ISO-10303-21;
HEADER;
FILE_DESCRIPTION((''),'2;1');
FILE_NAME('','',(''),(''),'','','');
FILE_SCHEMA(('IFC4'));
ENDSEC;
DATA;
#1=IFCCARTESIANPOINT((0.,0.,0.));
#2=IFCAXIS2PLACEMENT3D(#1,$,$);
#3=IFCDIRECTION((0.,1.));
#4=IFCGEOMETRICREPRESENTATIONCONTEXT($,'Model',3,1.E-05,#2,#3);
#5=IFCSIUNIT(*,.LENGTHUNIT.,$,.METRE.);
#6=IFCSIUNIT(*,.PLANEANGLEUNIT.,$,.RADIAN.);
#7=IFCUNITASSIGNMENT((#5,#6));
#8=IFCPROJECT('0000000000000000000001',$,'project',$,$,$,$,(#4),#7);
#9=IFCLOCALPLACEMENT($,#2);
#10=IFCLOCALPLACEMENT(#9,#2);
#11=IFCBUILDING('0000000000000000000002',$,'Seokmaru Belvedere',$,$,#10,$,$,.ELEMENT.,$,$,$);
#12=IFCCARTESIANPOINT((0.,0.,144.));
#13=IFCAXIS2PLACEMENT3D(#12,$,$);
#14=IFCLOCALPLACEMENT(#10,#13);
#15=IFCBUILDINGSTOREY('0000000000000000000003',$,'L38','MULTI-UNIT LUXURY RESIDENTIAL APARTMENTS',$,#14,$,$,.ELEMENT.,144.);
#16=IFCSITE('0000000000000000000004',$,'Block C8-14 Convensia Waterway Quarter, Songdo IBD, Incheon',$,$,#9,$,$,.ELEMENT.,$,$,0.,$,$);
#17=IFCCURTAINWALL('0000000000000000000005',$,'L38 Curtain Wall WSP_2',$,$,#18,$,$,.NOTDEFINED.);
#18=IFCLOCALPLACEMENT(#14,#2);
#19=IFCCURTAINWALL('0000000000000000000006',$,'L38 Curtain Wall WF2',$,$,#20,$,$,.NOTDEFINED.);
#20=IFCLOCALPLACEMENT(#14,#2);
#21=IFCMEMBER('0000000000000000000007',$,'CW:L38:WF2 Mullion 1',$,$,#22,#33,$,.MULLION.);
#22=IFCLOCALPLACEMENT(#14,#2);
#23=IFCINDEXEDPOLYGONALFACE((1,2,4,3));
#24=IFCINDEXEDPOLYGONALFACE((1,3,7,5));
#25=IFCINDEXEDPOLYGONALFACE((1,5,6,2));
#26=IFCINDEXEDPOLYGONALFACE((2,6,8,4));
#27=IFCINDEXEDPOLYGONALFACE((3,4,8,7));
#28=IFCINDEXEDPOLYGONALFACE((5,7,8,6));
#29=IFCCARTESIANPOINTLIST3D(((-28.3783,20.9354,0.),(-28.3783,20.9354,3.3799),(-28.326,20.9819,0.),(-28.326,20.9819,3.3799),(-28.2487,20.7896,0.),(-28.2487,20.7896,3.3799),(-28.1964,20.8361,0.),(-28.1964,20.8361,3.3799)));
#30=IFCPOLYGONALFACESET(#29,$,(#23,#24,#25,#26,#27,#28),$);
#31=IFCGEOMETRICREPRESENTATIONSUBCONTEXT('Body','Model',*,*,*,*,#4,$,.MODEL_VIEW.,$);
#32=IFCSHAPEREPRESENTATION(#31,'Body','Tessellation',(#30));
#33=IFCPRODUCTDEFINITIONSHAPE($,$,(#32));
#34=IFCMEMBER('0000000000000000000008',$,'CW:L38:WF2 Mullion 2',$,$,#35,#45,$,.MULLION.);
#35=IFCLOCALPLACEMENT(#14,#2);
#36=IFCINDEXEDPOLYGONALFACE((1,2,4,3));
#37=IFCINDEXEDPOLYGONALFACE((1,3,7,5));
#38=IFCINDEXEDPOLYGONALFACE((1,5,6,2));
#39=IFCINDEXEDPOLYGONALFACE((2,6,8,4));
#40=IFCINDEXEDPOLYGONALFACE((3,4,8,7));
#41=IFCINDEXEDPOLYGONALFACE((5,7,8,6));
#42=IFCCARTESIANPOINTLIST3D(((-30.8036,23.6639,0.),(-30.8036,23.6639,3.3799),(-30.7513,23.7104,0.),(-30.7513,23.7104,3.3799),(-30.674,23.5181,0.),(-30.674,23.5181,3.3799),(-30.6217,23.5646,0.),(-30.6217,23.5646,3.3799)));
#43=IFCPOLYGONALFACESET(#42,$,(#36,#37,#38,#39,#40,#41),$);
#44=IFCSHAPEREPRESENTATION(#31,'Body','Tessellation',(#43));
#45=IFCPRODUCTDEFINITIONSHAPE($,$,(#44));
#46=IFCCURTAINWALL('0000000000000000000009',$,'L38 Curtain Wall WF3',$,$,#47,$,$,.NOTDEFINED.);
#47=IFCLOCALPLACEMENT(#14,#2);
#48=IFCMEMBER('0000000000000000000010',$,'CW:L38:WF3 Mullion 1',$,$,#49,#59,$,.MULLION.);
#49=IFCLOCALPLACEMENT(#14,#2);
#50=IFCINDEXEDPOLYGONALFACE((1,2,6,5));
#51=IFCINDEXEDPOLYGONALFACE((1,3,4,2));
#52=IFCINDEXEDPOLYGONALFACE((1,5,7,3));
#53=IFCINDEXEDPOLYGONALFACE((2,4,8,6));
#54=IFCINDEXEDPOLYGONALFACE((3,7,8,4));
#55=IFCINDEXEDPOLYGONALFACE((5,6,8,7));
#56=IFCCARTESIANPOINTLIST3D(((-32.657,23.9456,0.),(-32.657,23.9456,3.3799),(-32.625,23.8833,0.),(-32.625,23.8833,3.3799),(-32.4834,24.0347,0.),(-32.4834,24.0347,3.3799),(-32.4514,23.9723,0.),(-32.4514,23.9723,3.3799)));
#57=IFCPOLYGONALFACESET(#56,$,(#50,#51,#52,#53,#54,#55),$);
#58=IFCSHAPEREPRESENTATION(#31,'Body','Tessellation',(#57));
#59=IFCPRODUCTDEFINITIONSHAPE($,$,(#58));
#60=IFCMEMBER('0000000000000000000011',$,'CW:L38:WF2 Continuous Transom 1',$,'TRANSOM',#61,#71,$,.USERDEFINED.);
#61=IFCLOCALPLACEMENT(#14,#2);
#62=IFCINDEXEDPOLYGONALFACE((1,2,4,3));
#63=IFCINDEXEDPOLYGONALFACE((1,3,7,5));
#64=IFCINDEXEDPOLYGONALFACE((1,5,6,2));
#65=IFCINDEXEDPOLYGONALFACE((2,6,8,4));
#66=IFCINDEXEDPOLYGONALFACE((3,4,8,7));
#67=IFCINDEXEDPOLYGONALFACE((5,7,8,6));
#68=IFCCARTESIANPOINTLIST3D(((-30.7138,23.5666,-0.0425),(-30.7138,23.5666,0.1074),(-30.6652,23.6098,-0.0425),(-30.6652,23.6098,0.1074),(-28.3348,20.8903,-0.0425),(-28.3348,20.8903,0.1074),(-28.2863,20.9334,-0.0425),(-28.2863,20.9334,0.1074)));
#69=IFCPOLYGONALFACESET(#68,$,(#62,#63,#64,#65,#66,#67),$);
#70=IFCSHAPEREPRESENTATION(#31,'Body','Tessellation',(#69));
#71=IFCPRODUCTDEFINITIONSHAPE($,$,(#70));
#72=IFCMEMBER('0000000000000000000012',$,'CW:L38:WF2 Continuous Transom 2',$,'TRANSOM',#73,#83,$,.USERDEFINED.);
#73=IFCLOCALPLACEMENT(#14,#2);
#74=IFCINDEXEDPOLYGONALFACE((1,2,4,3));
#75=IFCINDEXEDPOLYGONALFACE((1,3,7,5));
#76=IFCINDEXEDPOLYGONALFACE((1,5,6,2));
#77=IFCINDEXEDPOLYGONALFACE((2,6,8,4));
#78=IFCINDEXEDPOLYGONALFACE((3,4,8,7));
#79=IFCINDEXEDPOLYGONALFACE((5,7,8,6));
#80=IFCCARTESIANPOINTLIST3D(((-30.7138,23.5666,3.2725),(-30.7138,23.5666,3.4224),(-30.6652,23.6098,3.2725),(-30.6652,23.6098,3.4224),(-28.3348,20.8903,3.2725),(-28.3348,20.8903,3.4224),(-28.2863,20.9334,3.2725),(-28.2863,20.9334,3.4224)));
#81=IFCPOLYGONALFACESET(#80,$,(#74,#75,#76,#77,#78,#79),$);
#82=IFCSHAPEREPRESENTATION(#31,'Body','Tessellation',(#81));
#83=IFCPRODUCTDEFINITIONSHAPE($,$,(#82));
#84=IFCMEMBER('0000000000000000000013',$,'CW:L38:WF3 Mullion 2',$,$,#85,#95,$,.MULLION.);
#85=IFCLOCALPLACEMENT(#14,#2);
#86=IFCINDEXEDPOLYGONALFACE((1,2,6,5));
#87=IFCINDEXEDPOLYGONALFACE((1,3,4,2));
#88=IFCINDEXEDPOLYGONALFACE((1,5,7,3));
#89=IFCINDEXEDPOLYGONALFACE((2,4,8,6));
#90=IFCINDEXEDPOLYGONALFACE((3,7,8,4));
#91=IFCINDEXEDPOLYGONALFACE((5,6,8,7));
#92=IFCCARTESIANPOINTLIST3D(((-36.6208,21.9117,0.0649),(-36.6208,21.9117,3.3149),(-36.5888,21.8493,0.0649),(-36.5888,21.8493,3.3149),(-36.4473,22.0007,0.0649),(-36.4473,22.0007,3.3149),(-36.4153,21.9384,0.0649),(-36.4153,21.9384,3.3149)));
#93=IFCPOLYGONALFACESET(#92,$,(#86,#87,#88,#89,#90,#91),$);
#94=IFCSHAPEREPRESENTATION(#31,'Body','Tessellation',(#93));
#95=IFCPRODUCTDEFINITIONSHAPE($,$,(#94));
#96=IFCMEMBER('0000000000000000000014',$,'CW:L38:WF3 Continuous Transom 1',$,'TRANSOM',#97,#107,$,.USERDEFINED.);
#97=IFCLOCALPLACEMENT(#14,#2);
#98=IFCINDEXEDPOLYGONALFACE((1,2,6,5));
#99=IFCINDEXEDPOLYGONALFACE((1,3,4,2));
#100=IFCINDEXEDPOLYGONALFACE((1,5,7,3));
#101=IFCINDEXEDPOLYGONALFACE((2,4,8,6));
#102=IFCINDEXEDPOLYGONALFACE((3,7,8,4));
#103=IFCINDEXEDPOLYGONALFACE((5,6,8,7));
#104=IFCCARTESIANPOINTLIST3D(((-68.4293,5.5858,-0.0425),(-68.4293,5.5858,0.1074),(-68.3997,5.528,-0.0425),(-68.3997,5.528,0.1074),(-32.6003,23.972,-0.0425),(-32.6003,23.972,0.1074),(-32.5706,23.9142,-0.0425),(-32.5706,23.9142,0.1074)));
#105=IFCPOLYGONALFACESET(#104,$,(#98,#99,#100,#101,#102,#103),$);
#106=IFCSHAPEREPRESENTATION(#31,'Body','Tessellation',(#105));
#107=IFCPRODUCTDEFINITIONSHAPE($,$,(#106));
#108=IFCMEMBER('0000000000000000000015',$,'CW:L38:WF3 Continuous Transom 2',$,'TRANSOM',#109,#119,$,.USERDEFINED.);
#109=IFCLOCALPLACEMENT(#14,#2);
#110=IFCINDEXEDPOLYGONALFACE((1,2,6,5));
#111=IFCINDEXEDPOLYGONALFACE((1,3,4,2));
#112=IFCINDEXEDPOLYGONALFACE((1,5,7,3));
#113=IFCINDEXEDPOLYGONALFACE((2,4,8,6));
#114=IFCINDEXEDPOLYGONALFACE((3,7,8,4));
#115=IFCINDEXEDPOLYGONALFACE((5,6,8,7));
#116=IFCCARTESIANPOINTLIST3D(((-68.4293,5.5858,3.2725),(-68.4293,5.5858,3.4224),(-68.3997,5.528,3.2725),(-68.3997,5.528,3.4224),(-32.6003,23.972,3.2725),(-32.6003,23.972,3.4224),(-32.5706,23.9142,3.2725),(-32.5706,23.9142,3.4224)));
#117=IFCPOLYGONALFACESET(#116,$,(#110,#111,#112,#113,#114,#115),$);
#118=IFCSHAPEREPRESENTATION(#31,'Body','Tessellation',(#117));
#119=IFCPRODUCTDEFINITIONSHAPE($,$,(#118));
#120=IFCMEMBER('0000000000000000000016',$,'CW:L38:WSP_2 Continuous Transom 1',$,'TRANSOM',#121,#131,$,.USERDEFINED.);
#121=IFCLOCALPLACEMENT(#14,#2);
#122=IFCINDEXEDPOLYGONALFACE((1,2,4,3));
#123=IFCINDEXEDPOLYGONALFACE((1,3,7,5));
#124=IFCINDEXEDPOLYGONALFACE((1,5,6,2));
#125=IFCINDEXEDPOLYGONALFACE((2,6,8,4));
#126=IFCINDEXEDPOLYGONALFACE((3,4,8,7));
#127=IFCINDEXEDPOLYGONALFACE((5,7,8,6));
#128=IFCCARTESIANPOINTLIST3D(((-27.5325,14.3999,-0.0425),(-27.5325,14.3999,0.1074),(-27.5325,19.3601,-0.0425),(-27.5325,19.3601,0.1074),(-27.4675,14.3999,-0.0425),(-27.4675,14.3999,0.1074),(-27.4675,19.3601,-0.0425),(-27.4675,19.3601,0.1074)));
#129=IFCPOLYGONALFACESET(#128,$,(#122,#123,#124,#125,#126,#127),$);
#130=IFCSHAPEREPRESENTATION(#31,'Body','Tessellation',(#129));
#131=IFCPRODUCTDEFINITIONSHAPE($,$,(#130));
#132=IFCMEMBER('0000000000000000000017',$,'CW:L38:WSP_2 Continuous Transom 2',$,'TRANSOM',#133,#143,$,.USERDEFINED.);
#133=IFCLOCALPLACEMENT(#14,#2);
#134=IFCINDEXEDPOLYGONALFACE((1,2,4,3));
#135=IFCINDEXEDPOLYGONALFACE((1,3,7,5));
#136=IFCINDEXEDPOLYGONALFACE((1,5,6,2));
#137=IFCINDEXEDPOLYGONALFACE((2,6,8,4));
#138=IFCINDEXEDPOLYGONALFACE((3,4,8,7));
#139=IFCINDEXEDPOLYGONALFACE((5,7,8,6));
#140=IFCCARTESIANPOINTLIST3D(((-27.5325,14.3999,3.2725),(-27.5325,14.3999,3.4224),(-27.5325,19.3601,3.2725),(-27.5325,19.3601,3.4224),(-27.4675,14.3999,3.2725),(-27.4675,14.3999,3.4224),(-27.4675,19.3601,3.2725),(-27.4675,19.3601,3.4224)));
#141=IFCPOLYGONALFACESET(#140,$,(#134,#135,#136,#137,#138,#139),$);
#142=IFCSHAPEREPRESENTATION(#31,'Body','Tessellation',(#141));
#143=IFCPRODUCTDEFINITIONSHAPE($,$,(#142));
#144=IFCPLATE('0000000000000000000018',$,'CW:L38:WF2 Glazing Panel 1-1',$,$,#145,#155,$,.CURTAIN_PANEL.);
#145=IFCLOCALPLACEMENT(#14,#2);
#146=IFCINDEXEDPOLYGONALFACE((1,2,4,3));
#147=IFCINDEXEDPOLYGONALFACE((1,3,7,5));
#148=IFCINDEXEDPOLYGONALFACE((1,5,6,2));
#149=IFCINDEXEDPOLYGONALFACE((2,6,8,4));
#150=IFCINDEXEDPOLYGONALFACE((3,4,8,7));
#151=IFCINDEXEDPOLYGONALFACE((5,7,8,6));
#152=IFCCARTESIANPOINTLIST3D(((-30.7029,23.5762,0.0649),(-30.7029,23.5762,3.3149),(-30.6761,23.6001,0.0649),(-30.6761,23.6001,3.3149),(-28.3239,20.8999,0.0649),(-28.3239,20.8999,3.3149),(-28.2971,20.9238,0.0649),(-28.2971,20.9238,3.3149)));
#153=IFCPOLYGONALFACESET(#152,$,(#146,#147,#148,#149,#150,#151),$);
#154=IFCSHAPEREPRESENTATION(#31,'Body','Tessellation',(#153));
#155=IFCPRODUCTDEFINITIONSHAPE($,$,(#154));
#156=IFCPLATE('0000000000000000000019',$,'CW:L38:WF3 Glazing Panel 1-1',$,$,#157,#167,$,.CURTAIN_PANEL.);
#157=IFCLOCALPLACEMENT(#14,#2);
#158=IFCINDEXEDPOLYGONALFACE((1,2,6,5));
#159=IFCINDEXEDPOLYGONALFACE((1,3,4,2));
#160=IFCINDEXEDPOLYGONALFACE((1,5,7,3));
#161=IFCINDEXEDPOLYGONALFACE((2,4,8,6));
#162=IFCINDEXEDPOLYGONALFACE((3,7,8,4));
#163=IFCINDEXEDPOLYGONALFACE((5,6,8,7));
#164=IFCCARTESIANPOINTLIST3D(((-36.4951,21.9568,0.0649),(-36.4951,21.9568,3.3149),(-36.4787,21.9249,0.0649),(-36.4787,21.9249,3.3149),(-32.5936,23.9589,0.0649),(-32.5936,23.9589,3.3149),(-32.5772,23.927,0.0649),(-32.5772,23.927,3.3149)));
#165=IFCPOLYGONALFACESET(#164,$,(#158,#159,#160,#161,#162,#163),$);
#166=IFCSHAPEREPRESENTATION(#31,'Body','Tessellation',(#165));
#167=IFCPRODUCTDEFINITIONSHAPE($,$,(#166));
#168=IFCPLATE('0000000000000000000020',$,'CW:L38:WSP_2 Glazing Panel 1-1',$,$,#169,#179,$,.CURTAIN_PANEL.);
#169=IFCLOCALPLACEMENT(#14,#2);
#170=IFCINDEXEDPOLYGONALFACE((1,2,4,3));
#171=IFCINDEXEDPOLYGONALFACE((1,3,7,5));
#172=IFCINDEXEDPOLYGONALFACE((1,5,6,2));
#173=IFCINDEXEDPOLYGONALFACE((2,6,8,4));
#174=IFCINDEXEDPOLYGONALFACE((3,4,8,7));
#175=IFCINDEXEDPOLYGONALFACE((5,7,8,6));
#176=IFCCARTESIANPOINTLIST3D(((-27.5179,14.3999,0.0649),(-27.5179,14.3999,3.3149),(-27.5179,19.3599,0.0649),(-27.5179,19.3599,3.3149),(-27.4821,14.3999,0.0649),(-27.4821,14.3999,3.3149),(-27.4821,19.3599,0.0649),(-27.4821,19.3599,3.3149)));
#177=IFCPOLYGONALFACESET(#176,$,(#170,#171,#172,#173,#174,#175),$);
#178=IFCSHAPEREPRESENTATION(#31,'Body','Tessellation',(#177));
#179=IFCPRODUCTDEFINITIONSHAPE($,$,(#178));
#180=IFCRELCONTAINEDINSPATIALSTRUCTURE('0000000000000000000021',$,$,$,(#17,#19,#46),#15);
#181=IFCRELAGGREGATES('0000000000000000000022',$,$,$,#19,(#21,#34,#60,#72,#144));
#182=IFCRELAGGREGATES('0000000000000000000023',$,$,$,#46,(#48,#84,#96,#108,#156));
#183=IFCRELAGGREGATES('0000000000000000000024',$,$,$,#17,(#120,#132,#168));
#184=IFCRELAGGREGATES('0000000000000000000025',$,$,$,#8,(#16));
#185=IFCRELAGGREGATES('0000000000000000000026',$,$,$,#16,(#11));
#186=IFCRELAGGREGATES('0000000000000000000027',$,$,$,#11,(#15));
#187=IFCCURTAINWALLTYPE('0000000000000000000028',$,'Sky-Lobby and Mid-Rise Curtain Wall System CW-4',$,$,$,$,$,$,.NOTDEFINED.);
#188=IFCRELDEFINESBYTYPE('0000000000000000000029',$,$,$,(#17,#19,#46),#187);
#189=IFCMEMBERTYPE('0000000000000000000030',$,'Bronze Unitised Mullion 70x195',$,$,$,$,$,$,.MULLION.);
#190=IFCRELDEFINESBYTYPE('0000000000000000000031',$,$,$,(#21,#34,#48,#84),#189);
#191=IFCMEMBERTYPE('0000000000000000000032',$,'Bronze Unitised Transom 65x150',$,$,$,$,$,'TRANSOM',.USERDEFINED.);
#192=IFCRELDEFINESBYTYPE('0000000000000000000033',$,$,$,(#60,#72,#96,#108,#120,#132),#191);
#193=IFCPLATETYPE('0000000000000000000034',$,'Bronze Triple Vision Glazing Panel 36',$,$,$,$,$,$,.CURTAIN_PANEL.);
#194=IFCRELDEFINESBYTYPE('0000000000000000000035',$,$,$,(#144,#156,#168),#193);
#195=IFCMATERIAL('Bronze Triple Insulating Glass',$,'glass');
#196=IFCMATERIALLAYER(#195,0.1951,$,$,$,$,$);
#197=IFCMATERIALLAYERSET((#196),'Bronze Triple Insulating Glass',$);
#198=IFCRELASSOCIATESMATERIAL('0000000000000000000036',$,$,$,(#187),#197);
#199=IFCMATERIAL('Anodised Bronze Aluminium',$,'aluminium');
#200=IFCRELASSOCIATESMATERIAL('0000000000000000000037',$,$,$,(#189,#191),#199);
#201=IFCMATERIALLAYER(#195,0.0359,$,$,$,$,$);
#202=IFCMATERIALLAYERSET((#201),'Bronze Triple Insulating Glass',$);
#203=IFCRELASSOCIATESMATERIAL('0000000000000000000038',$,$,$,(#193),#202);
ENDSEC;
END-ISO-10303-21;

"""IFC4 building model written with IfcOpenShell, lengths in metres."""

from ifc_helpers import new_model, si_unit, direction, frame, origin, origin_2d, place, context, subcontext, project, spatial, rectangle, extrude, source, transform, mapped, material, layer, layer_set, material_profile, profile_set, type_object, type_shapes, element, aggregate, save


model = new_model("IFC4")

# Units and contexts
model_context = context("Model", 3, precision=1e-05, world=origin(), true_north=direction((0.0, 1.0)))
body_context = subcontext(model_context, "Body", "Model", "MODEL_VIEW")
ifc_project = project(units=[si_unit("LENGTHUNIT", "METRE"), si_unit("PLANEANGLEUNIT", "RADIAN")], contexts=[model_context])

# Site, building, storey
site_placement = place(None, origin())
site = spatial("IfcSite", under=ifc_project, at=site_placement, Name="Block C8-14 Convensia Waterway Quarter, Songdo IBD, Incheon", CompositionType="ELEMENT", RefElevation=0.0)
building_placement = place(site_placement, origin())
building = spatial("IfcBuilding", under=site, at=building_placement, Name="Seokmaru Belvedere", CompositionType="ELEMENT")
storey_placement = place(building_placement, frame((0.0, 0.0, 144.0)))
storey = spatial("IfcBuildingStorey", under=building, at=storey_placement, Name="L38", Description="MULTI-UNIT LUXURY RESIDENTIAL APARTMENTS", CompositionType="ELEMENT", Elevation=144.0)

# Curtain walls, members
ifc_material_1 = material(Name="Bronze Triple Insulating Glass", Category="glass")
ifc_layer_1 = layer(ifc_material_1, 0.1951)
ifc_layer_set_1 = layer_set([ifc_layer_1], Name="Bronze Triple Insulating Glass")
curtain_wall_type = type_object("IfcCurtainWallType", Name="Sky-Lobby and Mid-Rise Curtain Wall System CW-4", PredefinedType="NOTDEFINED", material=ifc_layer_set_1)
curtain_wall_1_placement = place(storey_placement, origin())
curtain_wall_1 = element("IfcCurtainWall", 1, at=curtain_wall_1_placement, inside=storey, type_object=curtain_wall_type, Name="L38 Curtain Wall WSP_2", PredefinedType="NOTDEFINED")
ifc_material_2 = material(Name="Anodised Bronze Aluminium", Category="aluminium")
ifc_material_profile_1 = material_profile(ifc_material_2, rectangle(XDim=0.0701, YDim=0.1951, at=origin_2d()), Name="CW-M-70x195")
ifc_profile_set_1 = profile_set([ifc_material_profile_1], Name="Anodised Bronze Aluminium")
member_type_1 = type_object("IfcMemberType", Name="Bronze Unitised Mullion 70x195", PredefinedType="MULLION", material=ifc_profile_set_1)
shared_shape_1 = source(origin(), body_context, "Body", "SweptSolid", [
    extrude(rectangle(XDim=0.0701, YDim=0.1951, at=origin_2d()), origin(), (0.0, 0.0, 1.0), 3.3799),
])
curtain_wall_2_placement = place(storey_placement, origin())
curtain_wall_2 = element("IfcCurtainWall", 2, at=curtain_wall_2_placement, inside=storey, type_object=curtain_wall_type, Name="L38 Curtain Wall WF2", PredefinedType="NOTDEFINED")
member_1_placement = place(storey_placement, frame((-28.2874, 20.8857, 0.0), z_axis=(0.0, 0.0, 1.0), x_axis=(-0.74741, -0.664363, 0.0)))
member_1 = element("IfcMember", 3, at=member_1_placement, type_object=member_type_1, Name="CW:L38:WF2 Mullion 1", PredefinedType="MULLION", context=body_context, shape_type="MappedRepresentation", body=[
    mapped(shared_shape_1, transform((0.0, 0.0, 0.0), scale=1.0)),
])
member_2_placement = place(storey_placement, frame((-30.7126, 23.6143, 0.0), z_axis=(0.0, 0.0, 1.0), x_axis=(-0.74741, -0.664363, 0.0)))
member_2 = element("IfcMember", 4, at=member_2_placement, type_object=member_type_1, Name="CW:L38:WF2 Mullion 2", PredefinedType="MULLION", context=body_context, shape_type="MappedRepresentation", body=[
    mapped(shared_shape_1, transform((0.0, 0.0, 0.0), scale=1.0)),
])

# Curtain wall, member
curtain_wall_3_placement = place(storey_placement, origin())
curtain_wall_3 = element("IfcCurtainWall", 5, at=curtain_wall_3_placement, inside=storey, type_object=curtain_wall_type, Name="L38 Curtain Wall WF3", PredefinedType="NOTDEFINED")
member_3_placement = place(storey_placement, frame((-32.5542, 23.959, 0.0), z_axis=(0.0, 0.0, 1.0), x_axis=(0.456555, -0.889695, 0.0)))
member_3 = element("IfcMember", 6, at=member_3_placement, type_object=member_type_1, Name="CW:L38:WF3 Mullion 1", PredefinedType="MULLION", context=body_context, shape_type="MappedRepresentation", body=[
    mapped(shared_shape_1, transform((0.0, 0.0, 0.0), scale=1.0)),
])

# Members
ifc_material_profile_2 = material_profile(ifc_material_2, rectangle(XDim=0.0649, YDim=0.1499, at=origin_2d()), Name="CW-T-65x150")
ifc_profile_set_2 = profile_set([ifc_material_profile_2], Name="Anodised Bronze Aluminium")
member_type_2 = type_object("IfcMemberType", Name="Bronze Unitised Transom 65x150", ElementType="TRANSOM", PredefinedType="USERDEFINED", material=ifc_profile_set_2)
shared_shape_2 = source(origin(), body_context, "Body", "SweptSolid", [
    extrude(rectangle(XDim=0.0649, YDim=0.1499, at=origin_2d()), origin(), (0.0, 0.0, 1.0), 3.5808),
])
member_4_placement = place(storey_placement, frame((-28.3105, 20.9119, 0.0325), z_axis=(-0.664364, 0.747409, 0.0), x_axis=(-0.747409, -0.664364, 0.0)))
member_4 = element("IfcMember", 7, at=member_4_placement, type_object=member_type_2, Name="CW:L38:WF2 Continuous Transom 1", ObjectType="TRANSOM", PredefinedType="USERDEFINED", context=body_context, shape_type="MappedRepresentation", body=[
    mapped(shared_shape_2, transform((0.0, 0.0, 0.0), scale=1.0)),
])
member_5_placement = place(storey_placement, frame((-28.3105, 20.9119, 3.3474), z_axis=(-0.664364, 0.747409, 0.0), x_axis=(-0.747409, -0.664364, 0.0)))
member_5 = element("IfcMember", 8, at=member_5_placement, type_object=member_type_2, Name="CW:L38:WF2 Continuous Transom 2", ObjectType="TRANSOM", PredefinedType="USERDEFINED", context=body_context, shape_type="MappedRepresentation", body=[
    mapped(shared_shape_2, transform((0.0, 0.0, 0.0), scale=1.0)),
])
shared_shape_3 = source(origin(), body_context, "Body", "SweptSolid", [
    extrude(rectangle(XDim=0.0701, YDim=0.1951, at=origin_2d()), origin(), (0.0, 0.0, 1.0), 3.25),
])
type_shapes(member_type_1, [shared_shape_1, shared_shape_3])
member_6_placement = place(storey_placement, frame((-36.5181, 21.925, 0.0649), z_axis=(0.0, 0.0, 1.0), x_axis=(0.456555, -0.889695, 0.0)))
member_6 = element("IfcMember", 9, at=member_6_placement, type_object=member_type_1, Name="CW:L38:WF3 Mullion 2", PredefinedType="MULLION", context=body_context, shape_type="MappedRepresentation", body=[
    mapped(shared_shape_3, transform((0.0, 0.0, 0.0), scale=1.0)),
])
shared_shape_4 = source(origin(), body_context, "Body", "SweptSolid", [
    extrude(rectangle(XDim=0.0649, YDim=0.1499, at=origin_2d()), origin(), (0.0, 0.0, 1.0), 40.2712),
])
member_7_placement = place(storey_placement, frame((-32.5854, 23.9431, 0.0325), z_axis=(-0.889693, -0.456559, 0.0), x_axis=(0.456559, -0.889693, 0.0)))
member_7 = element("IfcMember", 10, at=member_7_placement, type_object=member_type_2, Name="CW:L38:WF3 Continuous Transom 1", ObjectType="TRANSOM", PredefinedType="USERDEFINED", context=body_context, shape_type="MappedRepresentation", body=[
    mapped(shared_shape_4, transform((0.0, 0.0, 0.0), scale=1.0)),
])
member_8_placement = place(storey_placement, frame((-32.5854, 23.9431, 3.3474), z_axis=(-0.889693, -0.456559, 0.0), x_axis=(0.456559, -0.889693, 0.0)))
member_8 = element("IfcMember", 11, at=member_8_placement, type_object=member_type_2, Name="CW:L38:WF3 Continuous Transom 2", ObjectType="TRANSOM", PredefinedType="USERDEFINED", context=body_context, shape_type="MappedRepresentation", body=[
    mapped(shared_shape_4, transform((0.0, 0.0, 0.0), scale=1.0)),
])
shared_shape_5 = source(origin(), body_context, "Body", "SweptSolid", [
    extrude(rectangle(XDim=0.0649, YDim=0.1499, at=origin_2d()), origin(), (0.0, 0.0, 1.0), 4.9602),
])
type_shapes(member_type_2, [shared_shape_2, shared_shape_4, shared_shape_5])
member_9_placement = place(storey_placement, frame((-27.5, 14.3999, 0.0325), z_axis=(0.0, 1.0, 0.0), x_axis=(-1.0, 0.0, 0.0)))
member_9 = element("IfcMember", 12, at=member_9_placement, type_object=member_type_2, Name="CW:L38:WSP_2 Continuous Transom 1", ObjectType="TRANSOM", PredefinedType="USERDEFINED", context=body_context, shape_type="MappedRepresentation", body=[
    mapped(shared_shape_5, transform((0.0, 0.0, 0.0), scale=1.0)),
])
member_10_placement = place(storey_placement, frame((-27.5, 14.3999, 3.3474), z_axis=(0.0, 1.0, 0.0), x_axis=(-1.0, 0.0, 0.0)))
member_10 = element("IfcMember", 13, at=member_10_placement, type_object=member_type_2, Name="CW:L38:WSP_2 Continuous Transom 2", ObjectType="TRANSOM", PredefinedType="USERDEFINED", context=body_context, shape_type="MappedRepresentation", body=[
    mapped(shared_shape_5, transform((0.0, 0.0, 0.0), scale=1.0)),
])

# Plates
ifc_layer_2 = layer(ifc_material_1, 0.0359)
ifc_layer_set_2 = layer_set([ifc_layer_2], Name="Bronze Triple Insulating Glass")
plate_type = type_object("IfcPlateType", Name="Bronze Triple Vision Glazing Panel 36", PredefinedType="CURTAIN_PANEL", material=ifc_layer_set_2)
shared_shape_6 = source(origin(), body_context, "Body", "SweptSolid", [
    extrude(rectangle(XDim=3.5808, YDim=0.0359, at=origin_2d()), origin(), (0.0, 0.0, 1.0), 3.25),
])
plate_1_placement = place(storey_placement, frame((-29.5, 22.25, 0.0649), z_axis=(0.0, 0.0, 1.0), x_axis=(-0.664363, 0.74741, 0.0)))
plate_1 = element("IfcPlate", 14, at=plate_1_placement, type_object=plate_type, Name="CW:L38:WF2 Glazing Panel 1-1", PredefinedType="CURTAIN_PANEL", context=body_context, shape_type="MappedRepresentation", body=[
    mapped(shared_shape_6, transform((0.0, 0.0, 0.0), scale=1.0)),
])
aggregate(curtain_wall_2, [member_1, member_2, member_4, member_5, plate_1])
shared_shape_7 = source(origin(), body_context, "Body", "SweptSolid", [
    extrude(rectangle(XDim=4.3853, YDim=0.0359, at=origin_2d()), origin(), (0.0, 0.0, 1.0), 3.25),
])
plate_2_placement = place(storey_placement, frame((-34.5361, 22.9419, 0.0649), z_axis=(0.0, 0.0, 1.0), x_axis=(-0.889695, -0.456555, 0.0)))
plate_2 = element("IfcPlate", 15, at=plate_2_placement, type_object=plate_type, Name="CW:L38:WF3 Glazing Panel 1-1", PredefinedType="CURTAIN_PANEL", context=body_context, shape_type="MappedRepresentation", body=[
    mapped(shared_shape_7, transform((0.0, 0.0, 0.0), scale=1.0)),
])
aggregate(curtain_wall_3, [member_3, member_6, member_7, member_8, plate_2])
shared_shape_8 = source(origin(), body_context, "Body", "SweptSolid", [
    extrude(rectangle(XDim=4.96, YDim=0.0359, at=origin_2d()), origin(), (0.0, 0.0, 1.0), 3.25),
])
type_shapes(plate_type, [shared_shape_6, shared_shape_7, shared_shape_8])
plate_3_placement = place(storey_placement, frame((-27.5, 16.8799, 0.0649), z_axis=(0.0, 0.0, 1.0), x_axis=(0.0, 1.0, 0.0)))
plate_3 = element("IfcPlate", 16, at=plate_3_placement, type_object=plate_type, Name="CW:L38:WSP_2 Glazing Panel 1-1", PredefinedType="CURTAIN_PANEL", context=body_context, shape_type="MappedRepresentation", body=[
    mapped(shared_shape_8, transform((0.0, 0.0, 0.0), scale=1.0)),
])
aggregate(curtain_wall_1, [member_9, member_10, plate_3])

save(model, "model.ifc")
